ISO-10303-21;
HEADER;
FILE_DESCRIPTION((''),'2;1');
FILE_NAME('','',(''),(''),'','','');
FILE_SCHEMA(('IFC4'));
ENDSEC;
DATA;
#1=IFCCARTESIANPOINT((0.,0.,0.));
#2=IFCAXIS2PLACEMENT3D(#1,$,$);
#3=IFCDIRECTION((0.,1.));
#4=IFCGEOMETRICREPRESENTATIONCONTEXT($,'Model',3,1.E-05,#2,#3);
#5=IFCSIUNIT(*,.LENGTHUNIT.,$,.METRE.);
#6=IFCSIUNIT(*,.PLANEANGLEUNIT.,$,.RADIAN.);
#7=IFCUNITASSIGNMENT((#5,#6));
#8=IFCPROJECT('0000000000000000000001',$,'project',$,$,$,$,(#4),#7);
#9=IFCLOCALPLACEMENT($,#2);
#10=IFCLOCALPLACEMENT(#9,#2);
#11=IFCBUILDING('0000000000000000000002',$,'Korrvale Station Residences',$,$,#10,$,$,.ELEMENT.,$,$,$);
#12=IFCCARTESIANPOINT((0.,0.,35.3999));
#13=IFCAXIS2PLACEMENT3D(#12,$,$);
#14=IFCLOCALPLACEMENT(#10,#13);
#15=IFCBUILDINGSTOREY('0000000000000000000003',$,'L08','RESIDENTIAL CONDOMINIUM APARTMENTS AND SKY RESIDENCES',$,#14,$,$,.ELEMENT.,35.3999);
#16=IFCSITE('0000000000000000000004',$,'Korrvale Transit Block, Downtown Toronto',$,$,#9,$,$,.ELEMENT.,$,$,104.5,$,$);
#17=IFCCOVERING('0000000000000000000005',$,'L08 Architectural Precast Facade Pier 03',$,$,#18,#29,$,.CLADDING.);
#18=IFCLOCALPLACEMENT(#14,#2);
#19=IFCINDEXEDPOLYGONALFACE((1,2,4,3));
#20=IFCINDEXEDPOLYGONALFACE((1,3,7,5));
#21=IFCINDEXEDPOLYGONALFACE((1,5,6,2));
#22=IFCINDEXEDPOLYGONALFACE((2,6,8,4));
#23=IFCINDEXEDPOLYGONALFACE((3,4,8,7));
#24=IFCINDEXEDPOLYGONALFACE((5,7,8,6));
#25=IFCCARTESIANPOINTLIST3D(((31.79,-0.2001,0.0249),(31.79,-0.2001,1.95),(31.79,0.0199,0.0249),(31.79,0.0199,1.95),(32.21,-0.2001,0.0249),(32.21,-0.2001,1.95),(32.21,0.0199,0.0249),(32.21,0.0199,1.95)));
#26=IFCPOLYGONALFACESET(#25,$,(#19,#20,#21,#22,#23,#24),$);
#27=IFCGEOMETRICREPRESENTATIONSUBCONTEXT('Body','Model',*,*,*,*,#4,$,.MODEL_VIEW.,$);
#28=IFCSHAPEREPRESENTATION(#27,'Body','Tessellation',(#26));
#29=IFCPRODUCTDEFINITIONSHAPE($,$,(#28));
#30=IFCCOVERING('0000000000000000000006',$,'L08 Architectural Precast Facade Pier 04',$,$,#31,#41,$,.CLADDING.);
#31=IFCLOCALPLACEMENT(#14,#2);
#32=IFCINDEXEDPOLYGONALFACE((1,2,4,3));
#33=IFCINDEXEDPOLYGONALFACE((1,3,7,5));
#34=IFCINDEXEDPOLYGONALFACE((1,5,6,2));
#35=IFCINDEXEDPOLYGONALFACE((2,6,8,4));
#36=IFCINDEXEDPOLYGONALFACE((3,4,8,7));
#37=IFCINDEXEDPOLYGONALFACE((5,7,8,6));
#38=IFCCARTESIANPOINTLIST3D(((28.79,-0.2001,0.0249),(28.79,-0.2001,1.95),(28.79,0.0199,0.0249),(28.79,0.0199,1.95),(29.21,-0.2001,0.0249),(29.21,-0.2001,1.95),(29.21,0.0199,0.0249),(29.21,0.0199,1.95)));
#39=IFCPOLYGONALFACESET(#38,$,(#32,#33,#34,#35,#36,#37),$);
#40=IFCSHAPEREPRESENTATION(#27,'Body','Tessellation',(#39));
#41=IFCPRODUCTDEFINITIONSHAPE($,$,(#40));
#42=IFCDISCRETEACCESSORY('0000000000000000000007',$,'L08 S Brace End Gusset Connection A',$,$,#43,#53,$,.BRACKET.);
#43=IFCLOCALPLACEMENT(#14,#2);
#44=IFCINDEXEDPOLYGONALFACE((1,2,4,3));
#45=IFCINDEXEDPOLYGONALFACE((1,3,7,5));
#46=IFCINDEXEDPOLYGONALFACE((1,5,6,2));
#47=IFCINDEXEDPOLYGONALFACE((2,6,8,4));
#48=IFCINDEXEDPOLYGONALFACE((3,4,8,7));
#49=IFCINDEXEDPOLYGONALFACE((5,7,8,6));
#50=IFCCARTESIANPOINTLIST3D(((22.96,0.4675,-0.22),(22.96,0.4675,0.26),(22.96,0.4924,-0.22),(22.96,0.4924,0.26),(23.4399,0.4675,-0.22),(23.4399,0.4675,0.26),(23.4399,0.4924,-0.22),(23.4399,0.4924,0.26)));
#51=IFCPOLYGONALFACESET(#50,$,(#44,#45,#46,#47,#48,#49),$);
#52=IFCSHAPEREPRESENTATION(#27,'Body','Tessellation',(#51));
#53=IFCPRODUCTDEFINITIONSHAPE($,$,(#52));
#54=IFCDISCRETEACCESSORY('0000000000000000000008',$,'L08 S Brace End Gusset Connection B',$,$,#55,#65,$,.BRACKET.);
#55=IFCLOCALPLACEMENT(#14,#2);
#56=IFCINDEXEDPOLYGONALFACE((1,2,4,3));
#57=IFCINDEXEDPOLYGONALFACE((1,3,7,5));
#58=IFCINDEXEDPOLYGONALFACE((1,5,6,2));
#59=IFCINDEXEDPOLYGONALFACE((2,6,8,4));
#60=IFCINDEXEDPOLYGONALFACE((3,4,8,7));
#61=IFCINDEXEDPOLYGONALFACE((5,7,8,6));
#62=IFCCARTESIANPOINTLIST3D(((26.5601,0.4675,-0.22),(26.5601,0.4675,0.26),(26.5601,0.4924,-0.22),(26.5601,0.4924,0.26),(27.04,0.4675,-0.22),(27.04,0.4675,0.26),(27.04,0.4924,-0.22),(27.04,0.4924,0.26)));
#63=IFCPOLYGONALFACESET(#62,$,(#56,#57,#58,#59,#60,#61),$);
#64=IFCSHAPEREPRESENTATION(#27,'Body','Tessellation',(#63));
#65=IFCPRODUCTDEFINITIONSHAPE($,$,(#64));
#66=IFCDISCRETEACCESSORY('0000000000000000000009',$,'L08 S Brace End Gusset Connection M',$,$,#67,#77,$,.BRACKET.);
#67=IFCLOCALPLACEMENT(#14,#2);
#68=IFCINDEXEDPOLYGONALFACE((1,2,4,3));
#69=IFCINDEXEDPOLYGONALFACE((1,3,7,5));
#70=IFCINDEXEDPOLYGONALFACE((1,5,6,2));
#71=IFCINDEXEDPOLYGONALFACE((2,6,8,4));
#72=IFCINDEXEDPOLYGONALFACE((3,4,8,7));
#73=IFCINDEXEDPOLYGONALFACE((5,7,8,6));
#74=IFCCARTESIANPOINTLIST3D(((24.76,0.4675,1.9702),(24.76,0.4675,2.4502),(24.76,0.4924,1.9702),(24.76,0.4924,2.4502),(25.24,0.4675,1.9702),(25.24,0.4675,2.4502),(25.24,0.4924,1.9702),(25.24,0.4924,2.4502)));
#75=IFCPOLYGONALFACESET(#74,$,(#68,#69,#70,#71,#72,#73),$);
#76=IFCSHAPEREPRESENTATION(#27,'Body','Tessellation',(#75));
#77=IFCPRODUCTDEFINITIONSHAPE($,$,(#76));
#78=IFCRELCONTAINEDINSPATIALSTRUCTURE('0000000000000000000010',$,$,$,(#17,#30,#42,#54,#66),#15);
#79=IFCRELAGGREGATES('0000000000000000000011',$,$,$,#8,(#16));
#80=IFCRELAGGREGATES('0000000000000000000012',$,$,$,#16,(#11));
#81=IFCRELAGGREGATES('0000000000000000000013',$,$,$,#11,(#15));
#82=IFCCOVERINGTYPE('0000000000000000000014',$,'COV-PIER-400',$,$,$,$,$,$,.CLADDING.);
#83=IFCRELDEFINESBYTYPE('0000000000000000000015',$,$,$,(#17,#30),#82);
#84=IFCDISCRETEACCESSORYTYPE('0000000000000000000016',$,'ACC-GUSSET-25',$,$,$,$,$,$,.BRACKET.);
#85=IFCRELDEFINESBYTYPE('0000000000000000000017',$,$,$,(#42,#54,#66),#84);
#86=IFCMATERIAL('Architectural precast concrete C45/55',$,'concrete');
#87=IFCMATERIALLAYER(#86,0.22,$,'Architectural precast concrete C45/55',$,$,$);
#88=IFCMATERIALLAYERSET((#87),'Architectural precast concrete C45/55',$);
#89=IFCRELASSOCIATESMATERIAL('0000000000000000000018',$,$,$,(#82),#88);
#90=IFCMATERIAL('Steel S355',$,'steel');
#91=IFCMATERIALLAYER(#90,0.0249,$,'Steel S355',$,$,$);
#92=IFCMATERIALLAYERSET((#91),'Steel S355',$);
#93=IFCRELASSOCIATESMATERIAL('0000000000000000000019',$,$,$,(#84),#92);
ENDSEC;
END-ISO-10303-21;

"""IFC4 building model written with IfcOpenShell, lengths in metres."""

from ifc_helpers import new_model, si_unit, direction, frame, origin, origin_2d, place, context, subcontext, project, spatial, rectangle, extrude, material, layer, layer_set, type_object, element, save


model = new_model("IFC4")

# Units and contexts
model_context = context("Model", 3, precision=1e-05, world=origin(), true_north=direction((0.0, 1.0)))
body_context = subcontext(model_context, "Body", "Model", "MODEL_VIEW")
ifc_project = project(units=[si_unit("LENGTHUNIT", "METRE"), si_unit("PLANEANGLEUNIT", "RADIAN")], contexts=[model_context])

# Site, building, storey
site_placement = place(None, origin())
site = spatial("IfcSite", under=ifc_project, at=site_placement, Name="Korrvale Transit Block, Downtown Toronto", CompositionType="ELEMENT", RefElevation=104.5)
building_placement = place(site_placement, origin())
building = spatial("IfcBuilding", under=site, at=building_placement, Name="Korrvale Station Residences", CompositionType="ELEMENT")
storey_placement = place(building_placement, frame((0.0, 0.0, 35.3999)))
storey = spatial("IfcBuildingStorey", under=building, at=storey_placement, Name="L08", Description="RESIDENTIAL CONDOMINIUM APARTMENTS AND SKY RESIDENCES", CompositionType="ELEMENT", Elevation=35.3999)

# Shared definitions
ifc_material_1 = material(Name="Steel S355", Category="steel")

# Coverings
ifc_material_2 = material(Name="Architectural precast concrete C45/55", Category="concrete")
ifc_layer_1 = layer(ifc_material_2, 0.22, Name="Architectural precast concrete C45/55")
ifc_layer_set_1 = layer_set([ifc_layer_1], Name="Architectural precast concrete C45/55")
covering_type = type_object("IfcCoveringType", Name="COV-PIER-400", PredefinedType="CLADDING", material=ifc_layer_set_1)
for number, where, z_axis, x_axis, name in (
    (1, (32.0, -0.0901, 0.0249), (0.0, 0.0, 1.0), (1.0, 0.0, 0.0), "L08 Architectural Precast Facade Pier 03"),
    (2, (29.0, -0.0901, 0.0249), (0.0, 0.0, 1.0), (1.0, 0.0, 0.0), "L08 Architectural Precast Facade Pier 04"),
):
    element("IfcCovering", number, at=place(storey_placement, frame(where, z_axis=z_axis, x_axis=x_axis)), inside=storey, type_object=covering_type, Name=name, PredefinedType="CLADDING", context=body_context, shape_type="SweptSolid", body=[
        extrude(rectangle(XDim=0.4199, YDim=0.22, at=origin_2d()), origin(), (0.0, 0.0, 1.0), 1.925),
    ])

# Discrete accessories
ifc_layer_2 = layer(ifc_material_1, 0.0249, Name="Steel S355")
ifc_layer_set_2 = layer_set([ifc_layer_2], Name="Steel S355")
discrete_accessory_type = type_object("IfcDiscreteAccessoryType", Name="ACC-GUSSET-25", PredefinedType="BRACKET", material=ifc_layer_set_2)
for number, where, z_axis, x_axis, name in (
    (3, (23.2, 0.48, -0.22), (0.0, 0.0, 1.0), (1.0, 0.0, 0.0), "L08 S Brace End Gusset Connection A"),
    (4, (26.8, 0.48, -0.22), (0.0, 0.0, 1.0), (1.0, 0.0, 0.0), "L08 S Brace End Gusset Connection B"),
    (5, (25.0, 0.48, 1.9702), (0.0, 0.0, 1.0), (1.0, 0.0, 0.0), "L08 S Brace End Gusset Connection M"),
):
    element("IfcDiscreteAccessory", number, at=place(storey_placement, frame(where, z_axis=z_axis, x_axis=x_axis)), inside=storey, type_object=discrete_accessory_type, Name=name, PredefinedType="BRACKET", context=body_context, shape_type="SweptSolid", body=[
        extrude(rectangle(XDim=0.48, YDim=0.0249, at=origin_2d()), origin(), (0.0, 0.0, 1.0), 0.48),
    ])

save(model, "model.ifc")
